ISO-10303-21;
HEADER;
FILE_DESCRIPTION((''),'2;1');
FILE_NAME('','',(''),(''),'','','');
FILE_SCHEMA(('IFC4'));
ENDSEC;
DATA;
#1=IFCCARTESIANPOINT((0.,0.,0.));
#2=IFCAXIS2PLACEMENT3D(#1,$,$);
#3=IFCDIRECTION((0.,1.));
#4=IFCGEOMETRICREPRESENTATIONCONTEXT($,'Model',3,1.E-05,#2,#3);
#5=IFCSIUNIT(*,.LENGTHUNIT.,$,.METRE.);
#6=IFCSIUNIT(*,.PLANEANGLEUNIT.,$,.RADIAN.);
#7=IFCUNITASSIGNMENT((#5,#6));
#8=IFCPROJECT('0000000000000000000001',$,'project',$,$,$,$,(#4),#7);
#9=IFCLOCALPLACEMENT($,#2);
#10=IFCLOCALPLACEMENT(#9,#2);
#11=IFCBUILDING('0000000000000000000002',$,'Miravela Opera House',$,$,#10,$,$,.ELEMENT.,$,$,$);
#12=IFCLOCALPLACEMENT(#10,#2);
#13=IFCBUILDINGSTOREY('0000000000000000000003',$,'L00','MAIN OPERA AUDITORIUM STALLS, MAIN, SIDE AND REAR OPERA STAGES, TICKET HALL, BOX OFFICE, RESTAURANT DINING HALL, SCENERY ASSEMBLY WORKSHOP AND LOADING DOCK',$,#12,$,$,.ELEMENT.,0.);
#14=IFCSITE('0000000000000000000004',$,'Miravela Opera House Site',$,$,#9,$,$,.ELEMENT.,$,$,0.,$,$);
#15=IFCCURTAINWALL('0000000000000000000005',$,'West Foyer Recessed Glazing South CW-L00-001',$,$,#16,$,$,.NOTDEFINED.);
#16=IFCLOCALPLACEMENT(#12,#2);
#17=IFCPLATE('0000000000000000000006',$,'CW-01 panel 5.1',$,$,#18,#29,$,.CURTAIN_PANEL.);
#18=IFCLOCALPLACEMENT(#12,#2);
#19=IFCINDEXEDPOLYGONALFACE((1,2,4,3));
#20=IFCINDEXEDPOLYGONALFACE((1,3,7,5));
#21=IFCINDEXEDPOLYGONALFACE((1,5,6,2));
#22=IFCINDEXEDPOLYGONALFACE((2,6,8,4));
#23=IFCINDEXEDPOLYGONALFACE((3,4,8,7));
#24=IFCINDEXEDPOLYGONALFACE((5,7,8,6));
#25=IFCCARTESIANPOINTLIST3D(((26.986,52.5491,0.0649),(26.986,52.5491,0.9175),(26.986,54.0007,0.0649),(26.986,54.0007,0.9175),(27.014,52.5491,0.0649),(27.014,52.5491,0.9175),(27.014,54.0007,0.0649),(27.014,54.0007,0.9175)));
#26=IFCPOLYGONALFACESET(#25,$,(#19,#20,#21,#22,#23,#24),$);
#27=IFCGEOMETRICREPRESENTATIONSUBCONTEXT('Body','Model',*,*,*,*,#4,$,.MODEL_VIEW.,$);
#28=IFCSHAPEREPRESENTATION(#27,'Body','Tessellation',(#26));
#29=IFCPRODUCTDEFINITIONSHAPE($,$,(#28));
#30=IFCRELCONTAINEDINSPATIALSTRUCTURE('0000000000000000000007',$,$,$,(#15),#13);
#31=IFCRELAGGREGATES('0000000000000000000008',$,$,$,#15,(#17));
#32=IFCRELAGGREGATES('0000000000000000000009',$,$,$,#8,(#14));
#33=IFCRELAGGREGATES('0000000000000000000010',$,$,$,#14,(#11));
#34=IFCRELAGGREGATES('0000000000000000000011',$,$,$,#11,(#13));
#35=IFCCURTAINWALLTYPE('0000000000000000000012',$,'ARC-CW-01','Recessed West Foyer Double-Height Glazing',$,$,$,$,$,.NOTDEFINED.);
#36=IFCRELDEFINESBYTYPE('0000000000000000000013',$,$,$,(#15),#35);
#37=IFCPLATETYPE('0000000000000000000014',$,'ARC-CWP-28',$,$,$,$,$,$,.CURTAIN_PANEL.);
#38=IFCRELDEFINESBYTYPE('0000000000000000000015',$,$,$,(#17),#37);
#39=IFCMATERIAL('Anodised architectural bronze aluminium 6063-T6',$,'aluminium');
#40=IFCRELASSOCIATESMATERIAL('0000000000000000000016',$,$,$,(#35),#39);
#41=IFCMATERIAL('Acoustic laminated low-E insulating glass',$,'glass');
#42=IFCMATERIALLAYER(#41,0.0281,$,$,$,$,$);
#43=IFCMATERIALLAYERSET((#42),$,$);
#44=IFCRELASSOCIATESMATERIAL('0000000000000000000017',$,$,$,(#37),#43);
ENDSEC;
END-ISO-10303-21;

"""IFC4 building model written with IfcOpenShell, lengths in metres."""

from ifc_helpers import new_model, si_unit, direction, frame, origin, origin_2d, place, context, subcontext, project, spatial, rectangle, extrude, material, layer, layer_set, type_object, element, aggregate, save


model = new_model("IFC4")

# Units and contexts
model_context = context("Model", 3, precision=1e-05, world=origin(), true_north=direction((0.0, 1.0)))
body_context = subcontext(model_context, "Body", "Model", "MODEL_VIEW")
ifc_project = project(units=[si_unit("LENGTHUNIT", "METRE"), si_unit("PLANEANGLEUNIT", "RADIAN")], contexts=[model_context])

# Site, building, storey
site_placement = place(None, origin())
site = spatial("IfcSite", under=ifc_project, at=site_placement, Name="Miravela Opera House Site", CompositionType="ELEMENT", RefElevation=0.0)
building_placement = place(site_placement, origin())
building = spatial("IfcBuilding", under=site, at=building_placement, Name="Miravela Opera House", CompositionType="ELEMENT")
storey_placement = place(building_placement, origin())
storey = spatial("IfcBuildingStorey", under=building, at=storey_placement, Name="L00", Description="MAIN OPERA AUDITORIUM STALLS, MAIN, SIDE AND REAR OPERA STAGES, TICKET HALL, BOX OFFICE, RESTAURANT DINING HALL, SCENERY ASSEMBLY WORKSHOP AND LOADING DOCK", CompositionType="ELEMENT", Elevation=0.0)

# Curtain wall
ifc_material_1 = material(Name="Anodised architectural bronze aluminium 6063-T6", Category="aluminium")
curtain_wall_type = type_object("IfcCurtainWallType", Name="ARC-CW-01", Description="Recessed West Foyer Double-Height Glazing", PredefinedType="NOTDEFINED", material=ifc_material_1)
curtain_wall_placement = place(storey_placement, origin())
curtain_wall = element("IfcCurtainWall", 1, at=curtain_wall_placement, inside=storey, type_object=curtain_wall_type, Name="West Foyer Recessed Glazing South CW-L00-001", PredefinedType="NOTDEFINED")

# Plate
ifc_material_2 = material(Name="Acoustic laminated low-E insulating glass", Category="glass")
ifc_layer = layer(ifc_material_2, 0.0281)
ifc_layer_set = layer_set([ifc_layer])
plate_type = type_object("IfcPlateType", Name="ARC-CWP-28", PredefinedType="CURTAIN_PANEL", material=ifc_layer_set)
plate_1_placement = place(storey_placement, frame((27.0, 53.2749, 0.0649), z_axis=(0.0, 0.0, 1.0), x_axis=(0.0, 1.0, 0.0)))
plate_1 = element("IfcPlate", 2, at=plate_1_placement, type_object=plate_type, Name="CW-01 panel 5.1", PredefinedType="CURTAIN_PANEL", context=body_context, shape_type="SweptSolid", body=[
    extrude(rectangle(XDim=1.4517, YDim=0.0281, at=origin_2d()), origin(), (0.0, 0.0, 1.0), 0.8525),
])
aggregate(curtain_wall, [plate_1])

save(model, "model.ifc")
